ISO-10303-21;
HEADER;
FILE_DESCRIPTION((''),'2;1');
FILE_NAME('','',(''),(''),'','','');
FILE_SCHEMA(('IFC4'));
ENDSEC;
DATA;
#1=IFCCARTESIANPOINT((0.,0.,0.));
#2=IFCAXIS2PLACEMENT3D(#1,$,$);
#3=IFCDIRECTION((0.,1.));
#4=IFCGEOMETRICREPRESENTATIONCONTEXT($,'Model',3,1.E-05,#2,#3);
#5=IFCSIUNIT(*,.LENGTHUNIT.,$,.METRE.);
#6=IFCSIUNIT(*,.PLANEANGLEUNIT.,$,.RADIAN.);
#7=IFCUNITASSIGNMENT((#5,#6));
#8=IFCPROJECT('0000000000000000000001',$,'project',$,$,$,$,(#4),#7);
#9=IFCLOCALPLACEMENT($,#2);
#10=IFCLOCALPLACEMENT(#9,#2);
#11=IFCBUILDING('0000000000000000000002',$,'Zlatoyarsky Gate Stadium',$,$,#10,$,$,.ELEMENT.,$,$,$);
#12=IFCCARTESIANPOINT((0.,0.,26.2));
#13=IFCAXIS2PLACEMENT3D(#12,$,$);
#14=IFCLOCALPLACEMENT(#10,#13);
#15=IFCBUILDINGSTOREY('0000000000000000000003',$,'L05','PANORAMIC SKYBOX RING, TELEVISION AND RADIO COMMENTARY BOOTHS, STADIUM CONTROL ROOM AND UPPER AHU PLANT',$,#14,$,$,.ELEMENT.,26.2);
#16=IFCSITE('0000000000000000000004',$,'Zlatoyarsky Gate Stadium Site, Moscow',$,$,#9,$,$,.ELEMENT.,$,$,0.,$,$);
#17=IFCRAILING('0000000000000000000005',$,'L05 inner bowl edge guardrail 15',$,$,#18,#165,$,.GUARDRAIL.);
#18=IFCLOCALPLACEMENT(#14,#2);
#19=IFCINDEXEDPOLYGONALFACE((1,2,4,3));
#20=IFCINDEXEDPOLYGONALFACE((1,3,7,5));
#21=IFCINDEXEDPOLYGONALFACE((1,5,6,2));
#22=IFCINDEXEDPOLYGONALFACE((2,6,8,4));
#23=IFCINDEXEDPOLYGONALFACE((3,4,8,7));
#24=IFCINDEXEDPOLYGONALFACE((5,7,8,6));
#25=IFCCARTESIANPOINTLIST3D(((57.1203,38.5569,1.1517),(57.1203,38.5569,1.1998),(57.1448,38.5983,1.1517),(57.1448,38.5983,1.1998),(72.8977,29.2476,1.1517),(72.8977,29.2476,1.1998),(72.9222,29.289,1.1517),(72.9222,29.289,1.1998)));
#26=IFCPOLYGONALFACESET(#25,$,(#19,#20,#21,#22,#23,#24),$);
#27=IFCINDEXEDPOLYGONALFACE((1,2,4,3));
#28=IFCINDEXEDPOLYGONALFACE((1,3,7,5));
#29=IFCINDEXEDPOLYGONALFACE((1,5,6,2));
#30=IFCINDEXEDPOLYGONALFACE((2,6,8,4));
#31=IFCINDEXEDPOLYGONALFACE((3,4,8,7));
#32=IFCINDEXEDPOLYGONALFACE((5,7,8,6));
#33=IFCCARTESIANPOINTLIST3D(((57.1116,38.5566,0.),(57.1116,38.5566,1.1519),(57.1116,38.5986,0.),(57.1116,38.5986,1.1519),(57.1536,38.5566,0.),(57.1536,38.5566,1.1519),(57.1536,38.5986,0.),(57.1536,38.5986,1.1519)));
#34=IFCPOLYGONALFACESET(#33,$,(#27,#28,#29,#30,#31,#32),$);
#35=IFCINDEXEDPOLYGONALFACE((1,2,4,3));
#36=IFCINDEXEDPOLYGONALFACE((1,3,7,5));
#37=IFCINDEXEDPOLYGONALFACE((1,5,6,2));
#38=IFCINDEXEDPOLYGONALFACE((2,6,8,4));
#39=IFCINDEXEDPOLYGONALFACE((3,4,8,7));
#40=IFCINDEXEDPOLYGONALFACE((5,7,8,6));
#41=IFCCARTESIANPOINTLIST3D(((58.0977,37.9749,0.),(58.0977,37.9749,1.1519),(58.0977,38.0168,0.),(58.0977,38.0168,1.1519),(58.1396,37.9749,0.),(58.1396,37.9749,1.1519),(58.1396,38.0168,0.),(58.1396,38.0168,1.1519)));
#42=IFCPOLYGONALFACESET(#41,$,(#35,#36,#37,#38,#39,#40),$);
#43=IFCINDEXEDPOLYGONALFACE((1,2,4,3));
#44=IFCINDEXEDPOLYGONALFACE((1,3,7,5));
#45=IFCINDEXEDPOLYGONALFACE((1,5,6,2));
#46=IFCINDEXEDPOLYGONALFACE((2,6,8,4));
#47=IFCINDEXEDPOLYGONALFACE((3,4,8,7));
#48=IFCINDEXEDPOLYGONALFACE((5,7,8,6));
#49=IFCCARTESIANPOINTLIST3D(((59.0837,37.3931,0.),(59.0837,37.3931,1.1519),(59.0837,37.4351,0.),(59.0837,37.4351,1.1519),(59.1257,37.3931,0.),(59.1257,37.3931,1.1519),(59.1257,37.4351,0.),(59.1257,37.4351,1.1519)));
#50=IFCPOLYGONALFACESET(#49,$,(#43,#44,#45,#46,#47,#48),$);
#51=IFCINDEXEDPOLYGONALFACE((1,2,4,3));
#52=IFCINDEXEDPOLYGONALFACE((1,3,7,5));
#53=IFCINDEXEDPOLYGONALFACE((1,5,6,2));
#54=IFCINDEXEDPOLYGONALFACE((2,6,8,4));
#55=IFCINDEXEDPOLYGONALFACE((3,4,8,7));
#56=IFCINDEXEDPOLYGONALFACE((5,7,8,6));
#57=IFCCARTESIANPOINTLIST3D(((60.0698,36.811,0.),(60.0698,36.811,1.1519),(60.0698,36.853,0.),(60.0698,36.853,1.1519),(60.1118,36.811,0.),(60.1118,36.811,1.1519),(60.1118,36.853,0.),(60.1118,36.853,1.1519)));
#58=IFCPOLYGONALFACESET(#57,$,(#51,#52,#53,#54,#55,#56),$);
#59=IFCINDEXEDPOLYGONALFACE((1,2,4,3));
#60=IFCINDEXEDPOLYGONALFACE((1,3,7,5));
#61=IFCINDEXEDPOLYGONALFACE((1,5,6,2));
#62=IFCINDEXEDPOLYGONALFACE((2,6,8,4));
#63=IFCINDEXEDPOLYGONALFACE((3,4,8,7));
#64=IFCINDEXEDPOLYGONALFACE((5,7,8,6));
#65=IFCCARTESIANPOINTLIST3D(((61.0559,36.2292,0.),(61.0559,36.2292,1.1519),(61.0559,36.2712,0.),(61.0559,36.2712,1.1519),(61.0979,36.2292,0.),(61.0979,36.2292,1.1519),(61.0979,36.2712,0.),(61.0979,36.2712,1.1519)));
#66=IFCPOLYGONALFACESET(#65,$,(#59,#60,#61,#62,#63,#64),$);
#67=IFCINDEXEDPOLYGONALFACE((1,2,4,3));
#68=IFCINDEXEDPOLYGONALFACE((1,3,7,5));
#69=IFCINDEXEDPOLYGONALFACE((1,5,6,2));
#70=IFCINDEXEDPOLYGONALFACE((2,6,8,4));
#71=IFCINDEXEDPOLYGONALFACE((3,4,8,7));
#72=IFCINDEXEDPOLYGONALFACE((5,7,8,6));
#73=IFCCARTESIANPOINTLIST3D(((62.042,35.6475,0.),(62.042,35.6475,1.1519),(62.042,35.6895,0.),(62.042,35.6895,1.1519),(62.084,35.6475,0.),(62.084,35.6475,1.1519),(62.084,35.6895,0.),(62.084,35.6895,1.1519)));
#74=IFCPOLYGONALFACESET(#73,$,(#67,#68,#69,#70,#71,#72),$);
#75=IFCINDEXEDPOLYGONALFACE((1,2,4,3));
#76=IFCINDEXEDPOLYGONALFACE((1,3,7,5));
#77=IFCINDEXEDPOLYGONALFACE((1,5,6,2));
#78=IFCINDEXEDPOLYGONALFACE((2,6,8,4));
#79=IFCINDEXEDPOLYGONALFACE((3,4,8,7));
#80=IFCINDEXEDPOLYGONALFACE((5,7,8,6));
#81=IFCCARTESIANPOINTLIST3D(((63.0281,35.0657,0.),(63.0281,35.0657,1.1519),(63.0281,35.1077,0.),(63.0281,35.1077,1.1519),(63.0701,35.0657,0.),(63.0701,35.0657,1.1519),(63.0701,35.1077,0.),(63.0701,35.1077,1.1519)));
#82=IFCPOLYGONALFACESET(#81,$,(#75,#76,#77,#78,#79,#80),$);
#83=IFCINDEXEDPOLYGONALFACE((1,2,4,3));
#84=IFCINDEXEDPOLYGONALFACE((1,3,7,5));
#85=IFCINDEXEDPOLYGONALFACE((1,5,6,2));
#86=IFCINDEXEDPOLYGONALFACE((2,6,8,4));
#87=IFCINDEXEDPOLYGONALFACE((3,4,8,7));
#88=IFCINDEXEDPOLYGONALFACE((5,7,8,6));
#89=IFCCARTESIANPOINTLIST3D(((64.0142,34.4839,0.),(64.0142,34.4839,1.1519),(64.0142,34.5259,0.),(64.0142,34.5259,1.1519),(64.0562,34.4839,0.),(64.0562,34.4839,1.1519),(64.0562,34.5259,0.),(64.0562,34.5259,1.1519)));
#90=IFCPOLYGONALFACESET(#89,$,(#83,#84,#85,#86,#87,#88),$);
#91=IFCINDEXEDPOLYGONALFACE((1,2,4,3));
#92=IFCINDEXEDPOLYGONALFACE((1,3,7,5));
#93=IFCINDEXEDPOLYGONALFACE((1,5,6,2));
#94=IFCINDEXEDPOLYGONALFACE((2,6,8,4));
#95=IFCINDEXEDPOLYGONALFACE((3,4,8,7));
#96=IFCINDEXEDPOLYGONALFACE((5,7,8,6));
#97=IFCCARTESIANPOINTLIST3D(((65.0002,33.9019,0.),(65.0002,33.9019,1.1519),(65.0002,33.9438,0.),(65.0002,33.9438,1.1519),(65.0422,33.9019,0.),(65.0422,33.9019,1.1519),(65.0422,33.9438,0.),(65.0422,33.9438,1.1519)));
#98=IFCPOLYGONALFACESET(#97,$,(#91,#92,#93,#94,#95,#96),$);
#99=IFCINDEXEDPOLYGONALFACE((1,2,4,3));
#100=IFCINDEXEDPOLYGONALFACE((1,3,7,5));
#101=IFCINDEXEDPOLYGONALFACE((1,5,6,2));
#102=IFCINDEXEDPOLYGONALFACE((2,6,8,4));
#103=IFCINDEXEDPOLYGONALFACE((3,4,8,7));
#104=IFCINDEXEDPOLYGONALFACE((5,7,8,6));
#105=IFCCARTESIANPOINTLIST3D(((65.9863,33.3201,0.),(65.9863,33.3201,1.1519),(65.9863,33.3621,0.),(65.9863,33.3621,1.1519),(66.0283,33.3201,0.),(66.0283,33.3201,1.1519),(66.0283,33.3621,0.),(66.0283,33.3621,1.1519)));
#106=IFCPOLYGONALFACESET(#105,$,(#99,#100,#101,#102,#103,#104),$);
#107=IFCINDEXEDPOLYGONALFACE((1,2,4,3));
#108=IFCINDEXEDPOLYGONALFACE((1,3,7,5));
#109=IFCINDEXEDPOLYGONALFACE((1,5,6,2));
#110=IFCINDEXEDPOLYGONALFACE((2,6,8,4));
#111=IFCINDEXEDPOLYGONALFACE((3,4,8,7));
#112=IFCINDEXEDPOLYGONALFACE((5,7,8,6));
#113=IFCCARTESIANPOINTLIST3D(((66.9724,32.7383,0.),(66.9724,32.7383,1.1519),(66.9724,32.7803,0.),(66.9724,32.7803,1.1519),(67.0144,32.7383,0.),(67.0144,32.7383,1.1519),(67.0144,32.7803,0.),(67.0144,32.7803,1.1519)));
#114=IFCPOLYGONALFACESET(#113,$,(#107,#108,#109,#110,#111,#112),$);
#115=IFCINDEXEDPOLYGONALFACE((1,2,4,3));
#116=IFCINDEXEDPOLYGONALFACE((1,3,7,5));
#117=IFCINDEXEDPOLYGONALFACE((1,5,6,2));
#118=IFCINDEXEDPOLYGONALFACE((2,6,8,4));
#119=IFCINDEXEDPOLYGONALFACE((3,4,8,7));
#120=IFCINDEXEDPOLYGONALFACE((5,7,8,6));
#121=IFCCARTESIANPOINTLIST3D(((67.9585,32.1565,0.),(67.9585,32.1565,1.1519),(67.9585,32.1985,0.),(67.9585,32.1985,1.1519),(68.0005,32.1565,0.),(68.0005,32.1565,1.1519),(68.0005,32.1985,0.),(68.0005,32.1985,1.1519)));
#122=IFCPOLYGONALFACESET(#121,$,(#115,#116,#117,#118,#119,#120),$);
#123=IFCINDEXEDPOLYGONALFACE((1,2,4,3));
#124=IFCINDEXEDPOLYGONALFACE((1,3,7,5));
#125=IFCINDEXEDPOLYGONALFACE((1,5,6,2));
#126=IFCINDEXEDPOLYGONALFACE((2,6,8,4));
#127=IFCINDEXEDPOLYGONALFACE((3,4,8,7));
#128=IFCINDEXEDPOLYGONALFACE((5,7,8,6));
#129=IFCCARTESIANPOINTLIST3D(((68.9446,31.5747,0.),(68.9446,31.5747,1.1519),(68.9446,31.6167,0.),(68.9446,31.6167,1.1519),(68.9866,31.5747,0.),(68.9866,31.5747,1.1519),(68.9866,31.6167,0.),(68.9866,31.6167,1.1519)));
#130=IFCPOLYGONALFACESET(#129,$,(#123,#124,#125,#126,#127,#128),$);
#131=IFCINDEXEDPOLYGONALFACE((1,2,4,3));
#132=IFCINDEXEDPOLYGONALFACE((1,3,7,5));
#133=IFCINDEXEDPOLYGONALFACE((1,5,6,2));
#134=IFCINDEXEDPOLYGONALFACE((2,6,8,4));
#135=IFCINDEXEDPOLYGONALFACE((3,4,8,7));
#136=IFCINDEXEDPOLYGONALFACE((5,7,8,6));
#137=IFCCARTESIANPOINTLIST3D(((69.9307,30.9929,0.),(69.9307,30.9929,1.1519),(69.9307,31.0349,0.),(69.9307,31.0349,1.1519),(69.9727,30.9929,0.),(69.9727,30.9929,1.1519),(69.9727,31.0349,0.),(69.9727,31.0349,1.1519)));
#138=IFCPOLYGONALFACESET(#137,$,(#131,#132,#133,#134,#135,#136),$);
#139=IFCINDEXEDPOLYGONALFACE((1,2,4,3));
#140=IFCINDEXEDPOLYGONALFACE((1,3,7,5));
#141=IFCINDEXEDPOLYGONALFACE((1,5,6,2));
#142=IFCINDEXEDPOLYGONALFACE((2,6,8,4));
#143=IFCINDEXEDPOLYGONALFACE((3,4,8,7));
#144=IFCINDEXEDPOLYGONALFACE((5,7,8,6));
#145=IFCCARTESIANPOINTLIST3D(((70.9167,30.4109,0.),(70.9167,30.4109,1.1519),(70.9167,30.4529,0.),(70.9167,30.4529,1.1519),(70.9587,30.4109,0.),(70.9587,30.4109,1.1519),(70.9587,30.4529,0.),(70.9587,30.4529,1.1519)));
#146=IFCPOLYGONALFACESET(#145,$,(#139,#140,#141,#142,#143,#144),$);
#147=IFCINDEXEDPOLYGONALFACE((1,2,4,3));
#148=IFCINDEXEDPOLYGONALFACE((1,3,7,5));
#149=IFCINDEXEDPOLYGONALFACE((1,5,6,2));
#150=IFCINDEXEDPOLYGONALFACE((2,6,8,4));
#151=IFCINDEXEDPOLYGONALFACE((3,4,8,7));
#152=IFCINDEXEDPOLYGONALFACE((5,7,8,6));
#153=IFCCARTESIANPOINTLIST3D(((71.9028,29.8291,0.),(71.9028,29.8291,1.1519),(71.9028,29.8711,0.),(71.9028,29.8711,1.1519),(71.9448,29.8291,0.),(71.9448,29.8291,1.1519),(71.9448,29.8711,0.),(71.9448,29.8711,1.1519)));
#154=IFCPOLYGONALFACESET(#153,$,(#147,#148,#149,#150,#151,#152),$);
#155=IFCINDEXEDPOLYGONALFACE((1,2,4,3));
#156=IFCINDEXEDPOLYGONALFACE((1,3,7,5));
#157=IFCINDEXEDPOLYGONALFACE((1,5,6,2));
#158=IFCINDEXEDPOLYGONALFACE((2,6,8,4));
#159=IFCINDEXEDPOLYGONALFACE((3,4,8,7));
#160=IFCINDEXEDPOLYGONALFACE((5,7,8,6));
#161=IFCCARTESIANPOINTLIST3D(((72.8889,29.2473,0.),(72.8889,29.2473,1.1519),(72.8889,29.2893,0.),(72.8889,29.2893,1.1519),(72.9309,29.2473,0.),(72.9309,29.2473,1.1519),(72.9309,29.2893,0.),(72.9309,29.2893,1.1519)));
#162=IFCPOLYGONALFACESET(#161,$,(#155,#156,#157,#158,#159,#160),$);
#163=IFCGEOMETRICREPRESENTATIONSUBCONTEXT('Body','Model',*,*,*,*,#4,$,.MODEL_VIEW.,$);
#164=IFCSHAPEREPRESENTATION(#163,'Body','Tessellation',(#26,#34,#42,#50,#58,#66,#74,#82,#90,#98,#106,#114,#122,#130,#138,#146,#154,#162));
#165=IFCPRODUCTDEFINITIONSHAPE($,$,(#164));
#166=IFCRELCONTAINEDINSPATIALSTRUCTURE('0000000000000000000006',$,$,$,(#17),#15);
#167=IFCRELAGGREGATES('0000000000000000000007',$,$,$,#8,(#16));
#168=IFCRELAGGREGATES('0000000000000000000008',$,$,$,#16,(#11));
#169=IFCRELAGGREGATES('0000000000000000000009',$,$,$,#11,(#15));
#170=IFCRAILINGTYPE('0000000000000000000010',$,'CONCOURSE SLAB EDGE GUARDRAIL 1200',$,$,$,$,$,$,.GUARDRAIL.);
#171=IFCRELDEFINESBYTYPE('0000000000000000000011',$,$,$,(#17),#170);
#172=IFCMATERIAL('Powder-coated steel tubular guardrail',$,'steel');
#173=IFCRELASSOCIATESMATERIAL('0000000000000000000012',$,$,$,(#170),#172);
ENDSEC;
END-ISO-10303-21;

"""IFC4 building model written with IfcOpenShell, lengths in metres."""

from ifc_helpers import new_model, si_unit, direction, frame, origin, origin_2d, place, context, subcontext, project, spatial, rectangle, extrude, material, type_object, element, save


model = new_model("IFC4")

# Units and contexts
model_context = context("Model", 3, precision=1e-05, world=origin(), true_north=direction((0.0, 1.0)))
body_context = subcontext(model_context, "Body", "Model", "MODEL_VIEW")
ifc_project = project(units=[si_unit("LENGTHUNIT", "METRE"), si_unit("PLANEANGLEUNIT", "RADIAN")], contexts=[model_context])

# Site, building, storey
site_placement = place(None, origin())
site = spatial("IfcSite", under=ifc_project, at=site_placement, Name="Zlatoyarsky Gate Stadium Site, Moscow", CompositionType="ELEMENT", RefElevation=0.0)
building_placement = place(site_placement, origin())
building = spatial("IfcBuilding", under=site, at=building_placement, Name="Zlatoyarsky Gate Stadium", CompositionType="ELEMENT")
storey_placement = place(building_placement, frame((0.0, 0.0, 26.2)))
storey = spatial("IfcBuildingStorey", under=building, at=storey_placement, Name="L05", Description="PANORAMIC SKYBOX RING, TELEVISION AND RADIO COMMENTARY BOOTHS, STADIUM CONTROL ROOM AND UPPER AHU PLANT", CompositionType="ELEMENT", Elevation=26.2)

# Railing
ifc_material_1 = material(Name="Powder-coated steel tubular guardrail", Category="steel")
railing_type = type_object("IfcRailingType", Name="CONCOURSE SLAB EDGE GUARDRAIL 1200", PredefinedType="GUARDRAIL", material=ifc_material_1)
railing_placement = place(storey_placement, frame((57.1326, 38.5776, 0.0)))
element("IfcRailing", 1, at=railing_placement, inside=storey, type_object=railing_type, Name="L05 inner bowl edge guardrail 15", PredefinedType="GUARDRAIL", context=body_context, shape_type="SweptSolid", body=[
    extrude(rectangle(XDim=0.0481, YDim=0.0481, at=origin_2d()), frame((0.0, 0.0, 1.1758), z_axis=(0.861253, -0.508177, 0.0), x_axis=(0.508177, 0.861253, 0.0)), (0.0, 0.0, 1.0), 18.3191),
    extrude(rectangle(XDim=0.042, YDim=0.042, at=origin_2d()), origin(), (0.0, 0.0, 1.0), 1.1519),
    extrude(rectangle(XDim=0.042, YDim=0.042, at=origin_2d()), frame((0.9861, -0.5818, 0.0)), (0.0, 0.0, 1.0), 1.1519),
    extrude(rectangle(XDim=0.042, YDim=0.042, at=origin_2d()), frame((1.9722, -1.1636, 0.0)), (0.0, 0.0, 1.0), 1.1519),
    extrude(rectangle(XDim=0.042, YDim=0.042, at=origin_2d()), frame((2.9583, -1.7456, 0.0)), (0.0, 0.0, 1.0), 1.1519),
    extrude(rectangle(XDim=0.042, YDim=0.042, at=origin_2d()), frame((3.9443, -2.3274, 0.0)), (0.0, 0.0, 1.0), 1.1519),
    extrude(rectangle(XDim=0.042, YDim=0.042, at=origin_2d()), frame((4.9304, -2.9092, 0.0)), (0.0, 0.0, 1.0), 1.1519),
    extrude(rectangle(XDim=0.042, YDim=0.042, at=origin_2d()), frame((5.9165, -3.491, 0.0)), (0.0, 0.0, 1.0), 1.1519),
    extrude(rectangle(XDim=0.042, YDim=0.042, at=origin_2d()), frame((6.9026, -4.0728, 0.0)), (0.0, 0.0, 1.0), 1.1519),
    extrude(rectangle(XDim=0.042, YDim=0.042, at=origin_2d()), frame((7.8887, -4.6548, 0.0)), (0.0, 0.0, 1.0), 1.1519),
    extrude(rectangle(XDim=0.042, YDim=0.042, at=origin_2d()), frame((8.8748, -5.2366, 0.0)), (0.0, 0.0, 1.0), 1.1519),
    extrude(rectangle(XDim=0.042, YDim=0.042, at=origin_2d()), frame((9.8608, -5.8184, 0.0)), (0.0, 0.0, 1.0), 1.1519),
    extrude(rectangle(XDim=0.042, YDim=0.042, at=origin_2d()), frame((10.8469, -6.4001, 0.0)), (0.0, 0.0, 1.0), 1.1519),
    extrude(rectangle(XDim=0.042, YDim=0.042, at=origin_2d()), frame((11.833, -6.9819, 0.0)), (0.0, 0.0, 1.0), 1.1519),
    extrude(rectangle(XDim=0.042, YDim=0.042, at=origin_2d()), frame((12.8191, -7.5637, 0.0)), (0.0, 0.0, 1.0), 1.1519),
    extrude(rectangle(XDim=0.042, YDim=0.042, at=origin_2d()), frame((13.8052, -8.1458, 0.0)), (0.0, 0.0, 1.0), 1.1519),
    extrude(rectangle(XDim=0.042, YDim=0.042, at=origin_2d()), frame((14.7913, -8.7275, 0.0)), (0.0, 0.0, 1.0), 1.1519),
    extrude(rectangle(XDim=0.042, YDim=0.042, at=origin_2d()), frame((15.7773, -9.3093, 0.0)), (0.0, 0.0, 1.0), 1.1519),
])

save(model, "model.ifc")
